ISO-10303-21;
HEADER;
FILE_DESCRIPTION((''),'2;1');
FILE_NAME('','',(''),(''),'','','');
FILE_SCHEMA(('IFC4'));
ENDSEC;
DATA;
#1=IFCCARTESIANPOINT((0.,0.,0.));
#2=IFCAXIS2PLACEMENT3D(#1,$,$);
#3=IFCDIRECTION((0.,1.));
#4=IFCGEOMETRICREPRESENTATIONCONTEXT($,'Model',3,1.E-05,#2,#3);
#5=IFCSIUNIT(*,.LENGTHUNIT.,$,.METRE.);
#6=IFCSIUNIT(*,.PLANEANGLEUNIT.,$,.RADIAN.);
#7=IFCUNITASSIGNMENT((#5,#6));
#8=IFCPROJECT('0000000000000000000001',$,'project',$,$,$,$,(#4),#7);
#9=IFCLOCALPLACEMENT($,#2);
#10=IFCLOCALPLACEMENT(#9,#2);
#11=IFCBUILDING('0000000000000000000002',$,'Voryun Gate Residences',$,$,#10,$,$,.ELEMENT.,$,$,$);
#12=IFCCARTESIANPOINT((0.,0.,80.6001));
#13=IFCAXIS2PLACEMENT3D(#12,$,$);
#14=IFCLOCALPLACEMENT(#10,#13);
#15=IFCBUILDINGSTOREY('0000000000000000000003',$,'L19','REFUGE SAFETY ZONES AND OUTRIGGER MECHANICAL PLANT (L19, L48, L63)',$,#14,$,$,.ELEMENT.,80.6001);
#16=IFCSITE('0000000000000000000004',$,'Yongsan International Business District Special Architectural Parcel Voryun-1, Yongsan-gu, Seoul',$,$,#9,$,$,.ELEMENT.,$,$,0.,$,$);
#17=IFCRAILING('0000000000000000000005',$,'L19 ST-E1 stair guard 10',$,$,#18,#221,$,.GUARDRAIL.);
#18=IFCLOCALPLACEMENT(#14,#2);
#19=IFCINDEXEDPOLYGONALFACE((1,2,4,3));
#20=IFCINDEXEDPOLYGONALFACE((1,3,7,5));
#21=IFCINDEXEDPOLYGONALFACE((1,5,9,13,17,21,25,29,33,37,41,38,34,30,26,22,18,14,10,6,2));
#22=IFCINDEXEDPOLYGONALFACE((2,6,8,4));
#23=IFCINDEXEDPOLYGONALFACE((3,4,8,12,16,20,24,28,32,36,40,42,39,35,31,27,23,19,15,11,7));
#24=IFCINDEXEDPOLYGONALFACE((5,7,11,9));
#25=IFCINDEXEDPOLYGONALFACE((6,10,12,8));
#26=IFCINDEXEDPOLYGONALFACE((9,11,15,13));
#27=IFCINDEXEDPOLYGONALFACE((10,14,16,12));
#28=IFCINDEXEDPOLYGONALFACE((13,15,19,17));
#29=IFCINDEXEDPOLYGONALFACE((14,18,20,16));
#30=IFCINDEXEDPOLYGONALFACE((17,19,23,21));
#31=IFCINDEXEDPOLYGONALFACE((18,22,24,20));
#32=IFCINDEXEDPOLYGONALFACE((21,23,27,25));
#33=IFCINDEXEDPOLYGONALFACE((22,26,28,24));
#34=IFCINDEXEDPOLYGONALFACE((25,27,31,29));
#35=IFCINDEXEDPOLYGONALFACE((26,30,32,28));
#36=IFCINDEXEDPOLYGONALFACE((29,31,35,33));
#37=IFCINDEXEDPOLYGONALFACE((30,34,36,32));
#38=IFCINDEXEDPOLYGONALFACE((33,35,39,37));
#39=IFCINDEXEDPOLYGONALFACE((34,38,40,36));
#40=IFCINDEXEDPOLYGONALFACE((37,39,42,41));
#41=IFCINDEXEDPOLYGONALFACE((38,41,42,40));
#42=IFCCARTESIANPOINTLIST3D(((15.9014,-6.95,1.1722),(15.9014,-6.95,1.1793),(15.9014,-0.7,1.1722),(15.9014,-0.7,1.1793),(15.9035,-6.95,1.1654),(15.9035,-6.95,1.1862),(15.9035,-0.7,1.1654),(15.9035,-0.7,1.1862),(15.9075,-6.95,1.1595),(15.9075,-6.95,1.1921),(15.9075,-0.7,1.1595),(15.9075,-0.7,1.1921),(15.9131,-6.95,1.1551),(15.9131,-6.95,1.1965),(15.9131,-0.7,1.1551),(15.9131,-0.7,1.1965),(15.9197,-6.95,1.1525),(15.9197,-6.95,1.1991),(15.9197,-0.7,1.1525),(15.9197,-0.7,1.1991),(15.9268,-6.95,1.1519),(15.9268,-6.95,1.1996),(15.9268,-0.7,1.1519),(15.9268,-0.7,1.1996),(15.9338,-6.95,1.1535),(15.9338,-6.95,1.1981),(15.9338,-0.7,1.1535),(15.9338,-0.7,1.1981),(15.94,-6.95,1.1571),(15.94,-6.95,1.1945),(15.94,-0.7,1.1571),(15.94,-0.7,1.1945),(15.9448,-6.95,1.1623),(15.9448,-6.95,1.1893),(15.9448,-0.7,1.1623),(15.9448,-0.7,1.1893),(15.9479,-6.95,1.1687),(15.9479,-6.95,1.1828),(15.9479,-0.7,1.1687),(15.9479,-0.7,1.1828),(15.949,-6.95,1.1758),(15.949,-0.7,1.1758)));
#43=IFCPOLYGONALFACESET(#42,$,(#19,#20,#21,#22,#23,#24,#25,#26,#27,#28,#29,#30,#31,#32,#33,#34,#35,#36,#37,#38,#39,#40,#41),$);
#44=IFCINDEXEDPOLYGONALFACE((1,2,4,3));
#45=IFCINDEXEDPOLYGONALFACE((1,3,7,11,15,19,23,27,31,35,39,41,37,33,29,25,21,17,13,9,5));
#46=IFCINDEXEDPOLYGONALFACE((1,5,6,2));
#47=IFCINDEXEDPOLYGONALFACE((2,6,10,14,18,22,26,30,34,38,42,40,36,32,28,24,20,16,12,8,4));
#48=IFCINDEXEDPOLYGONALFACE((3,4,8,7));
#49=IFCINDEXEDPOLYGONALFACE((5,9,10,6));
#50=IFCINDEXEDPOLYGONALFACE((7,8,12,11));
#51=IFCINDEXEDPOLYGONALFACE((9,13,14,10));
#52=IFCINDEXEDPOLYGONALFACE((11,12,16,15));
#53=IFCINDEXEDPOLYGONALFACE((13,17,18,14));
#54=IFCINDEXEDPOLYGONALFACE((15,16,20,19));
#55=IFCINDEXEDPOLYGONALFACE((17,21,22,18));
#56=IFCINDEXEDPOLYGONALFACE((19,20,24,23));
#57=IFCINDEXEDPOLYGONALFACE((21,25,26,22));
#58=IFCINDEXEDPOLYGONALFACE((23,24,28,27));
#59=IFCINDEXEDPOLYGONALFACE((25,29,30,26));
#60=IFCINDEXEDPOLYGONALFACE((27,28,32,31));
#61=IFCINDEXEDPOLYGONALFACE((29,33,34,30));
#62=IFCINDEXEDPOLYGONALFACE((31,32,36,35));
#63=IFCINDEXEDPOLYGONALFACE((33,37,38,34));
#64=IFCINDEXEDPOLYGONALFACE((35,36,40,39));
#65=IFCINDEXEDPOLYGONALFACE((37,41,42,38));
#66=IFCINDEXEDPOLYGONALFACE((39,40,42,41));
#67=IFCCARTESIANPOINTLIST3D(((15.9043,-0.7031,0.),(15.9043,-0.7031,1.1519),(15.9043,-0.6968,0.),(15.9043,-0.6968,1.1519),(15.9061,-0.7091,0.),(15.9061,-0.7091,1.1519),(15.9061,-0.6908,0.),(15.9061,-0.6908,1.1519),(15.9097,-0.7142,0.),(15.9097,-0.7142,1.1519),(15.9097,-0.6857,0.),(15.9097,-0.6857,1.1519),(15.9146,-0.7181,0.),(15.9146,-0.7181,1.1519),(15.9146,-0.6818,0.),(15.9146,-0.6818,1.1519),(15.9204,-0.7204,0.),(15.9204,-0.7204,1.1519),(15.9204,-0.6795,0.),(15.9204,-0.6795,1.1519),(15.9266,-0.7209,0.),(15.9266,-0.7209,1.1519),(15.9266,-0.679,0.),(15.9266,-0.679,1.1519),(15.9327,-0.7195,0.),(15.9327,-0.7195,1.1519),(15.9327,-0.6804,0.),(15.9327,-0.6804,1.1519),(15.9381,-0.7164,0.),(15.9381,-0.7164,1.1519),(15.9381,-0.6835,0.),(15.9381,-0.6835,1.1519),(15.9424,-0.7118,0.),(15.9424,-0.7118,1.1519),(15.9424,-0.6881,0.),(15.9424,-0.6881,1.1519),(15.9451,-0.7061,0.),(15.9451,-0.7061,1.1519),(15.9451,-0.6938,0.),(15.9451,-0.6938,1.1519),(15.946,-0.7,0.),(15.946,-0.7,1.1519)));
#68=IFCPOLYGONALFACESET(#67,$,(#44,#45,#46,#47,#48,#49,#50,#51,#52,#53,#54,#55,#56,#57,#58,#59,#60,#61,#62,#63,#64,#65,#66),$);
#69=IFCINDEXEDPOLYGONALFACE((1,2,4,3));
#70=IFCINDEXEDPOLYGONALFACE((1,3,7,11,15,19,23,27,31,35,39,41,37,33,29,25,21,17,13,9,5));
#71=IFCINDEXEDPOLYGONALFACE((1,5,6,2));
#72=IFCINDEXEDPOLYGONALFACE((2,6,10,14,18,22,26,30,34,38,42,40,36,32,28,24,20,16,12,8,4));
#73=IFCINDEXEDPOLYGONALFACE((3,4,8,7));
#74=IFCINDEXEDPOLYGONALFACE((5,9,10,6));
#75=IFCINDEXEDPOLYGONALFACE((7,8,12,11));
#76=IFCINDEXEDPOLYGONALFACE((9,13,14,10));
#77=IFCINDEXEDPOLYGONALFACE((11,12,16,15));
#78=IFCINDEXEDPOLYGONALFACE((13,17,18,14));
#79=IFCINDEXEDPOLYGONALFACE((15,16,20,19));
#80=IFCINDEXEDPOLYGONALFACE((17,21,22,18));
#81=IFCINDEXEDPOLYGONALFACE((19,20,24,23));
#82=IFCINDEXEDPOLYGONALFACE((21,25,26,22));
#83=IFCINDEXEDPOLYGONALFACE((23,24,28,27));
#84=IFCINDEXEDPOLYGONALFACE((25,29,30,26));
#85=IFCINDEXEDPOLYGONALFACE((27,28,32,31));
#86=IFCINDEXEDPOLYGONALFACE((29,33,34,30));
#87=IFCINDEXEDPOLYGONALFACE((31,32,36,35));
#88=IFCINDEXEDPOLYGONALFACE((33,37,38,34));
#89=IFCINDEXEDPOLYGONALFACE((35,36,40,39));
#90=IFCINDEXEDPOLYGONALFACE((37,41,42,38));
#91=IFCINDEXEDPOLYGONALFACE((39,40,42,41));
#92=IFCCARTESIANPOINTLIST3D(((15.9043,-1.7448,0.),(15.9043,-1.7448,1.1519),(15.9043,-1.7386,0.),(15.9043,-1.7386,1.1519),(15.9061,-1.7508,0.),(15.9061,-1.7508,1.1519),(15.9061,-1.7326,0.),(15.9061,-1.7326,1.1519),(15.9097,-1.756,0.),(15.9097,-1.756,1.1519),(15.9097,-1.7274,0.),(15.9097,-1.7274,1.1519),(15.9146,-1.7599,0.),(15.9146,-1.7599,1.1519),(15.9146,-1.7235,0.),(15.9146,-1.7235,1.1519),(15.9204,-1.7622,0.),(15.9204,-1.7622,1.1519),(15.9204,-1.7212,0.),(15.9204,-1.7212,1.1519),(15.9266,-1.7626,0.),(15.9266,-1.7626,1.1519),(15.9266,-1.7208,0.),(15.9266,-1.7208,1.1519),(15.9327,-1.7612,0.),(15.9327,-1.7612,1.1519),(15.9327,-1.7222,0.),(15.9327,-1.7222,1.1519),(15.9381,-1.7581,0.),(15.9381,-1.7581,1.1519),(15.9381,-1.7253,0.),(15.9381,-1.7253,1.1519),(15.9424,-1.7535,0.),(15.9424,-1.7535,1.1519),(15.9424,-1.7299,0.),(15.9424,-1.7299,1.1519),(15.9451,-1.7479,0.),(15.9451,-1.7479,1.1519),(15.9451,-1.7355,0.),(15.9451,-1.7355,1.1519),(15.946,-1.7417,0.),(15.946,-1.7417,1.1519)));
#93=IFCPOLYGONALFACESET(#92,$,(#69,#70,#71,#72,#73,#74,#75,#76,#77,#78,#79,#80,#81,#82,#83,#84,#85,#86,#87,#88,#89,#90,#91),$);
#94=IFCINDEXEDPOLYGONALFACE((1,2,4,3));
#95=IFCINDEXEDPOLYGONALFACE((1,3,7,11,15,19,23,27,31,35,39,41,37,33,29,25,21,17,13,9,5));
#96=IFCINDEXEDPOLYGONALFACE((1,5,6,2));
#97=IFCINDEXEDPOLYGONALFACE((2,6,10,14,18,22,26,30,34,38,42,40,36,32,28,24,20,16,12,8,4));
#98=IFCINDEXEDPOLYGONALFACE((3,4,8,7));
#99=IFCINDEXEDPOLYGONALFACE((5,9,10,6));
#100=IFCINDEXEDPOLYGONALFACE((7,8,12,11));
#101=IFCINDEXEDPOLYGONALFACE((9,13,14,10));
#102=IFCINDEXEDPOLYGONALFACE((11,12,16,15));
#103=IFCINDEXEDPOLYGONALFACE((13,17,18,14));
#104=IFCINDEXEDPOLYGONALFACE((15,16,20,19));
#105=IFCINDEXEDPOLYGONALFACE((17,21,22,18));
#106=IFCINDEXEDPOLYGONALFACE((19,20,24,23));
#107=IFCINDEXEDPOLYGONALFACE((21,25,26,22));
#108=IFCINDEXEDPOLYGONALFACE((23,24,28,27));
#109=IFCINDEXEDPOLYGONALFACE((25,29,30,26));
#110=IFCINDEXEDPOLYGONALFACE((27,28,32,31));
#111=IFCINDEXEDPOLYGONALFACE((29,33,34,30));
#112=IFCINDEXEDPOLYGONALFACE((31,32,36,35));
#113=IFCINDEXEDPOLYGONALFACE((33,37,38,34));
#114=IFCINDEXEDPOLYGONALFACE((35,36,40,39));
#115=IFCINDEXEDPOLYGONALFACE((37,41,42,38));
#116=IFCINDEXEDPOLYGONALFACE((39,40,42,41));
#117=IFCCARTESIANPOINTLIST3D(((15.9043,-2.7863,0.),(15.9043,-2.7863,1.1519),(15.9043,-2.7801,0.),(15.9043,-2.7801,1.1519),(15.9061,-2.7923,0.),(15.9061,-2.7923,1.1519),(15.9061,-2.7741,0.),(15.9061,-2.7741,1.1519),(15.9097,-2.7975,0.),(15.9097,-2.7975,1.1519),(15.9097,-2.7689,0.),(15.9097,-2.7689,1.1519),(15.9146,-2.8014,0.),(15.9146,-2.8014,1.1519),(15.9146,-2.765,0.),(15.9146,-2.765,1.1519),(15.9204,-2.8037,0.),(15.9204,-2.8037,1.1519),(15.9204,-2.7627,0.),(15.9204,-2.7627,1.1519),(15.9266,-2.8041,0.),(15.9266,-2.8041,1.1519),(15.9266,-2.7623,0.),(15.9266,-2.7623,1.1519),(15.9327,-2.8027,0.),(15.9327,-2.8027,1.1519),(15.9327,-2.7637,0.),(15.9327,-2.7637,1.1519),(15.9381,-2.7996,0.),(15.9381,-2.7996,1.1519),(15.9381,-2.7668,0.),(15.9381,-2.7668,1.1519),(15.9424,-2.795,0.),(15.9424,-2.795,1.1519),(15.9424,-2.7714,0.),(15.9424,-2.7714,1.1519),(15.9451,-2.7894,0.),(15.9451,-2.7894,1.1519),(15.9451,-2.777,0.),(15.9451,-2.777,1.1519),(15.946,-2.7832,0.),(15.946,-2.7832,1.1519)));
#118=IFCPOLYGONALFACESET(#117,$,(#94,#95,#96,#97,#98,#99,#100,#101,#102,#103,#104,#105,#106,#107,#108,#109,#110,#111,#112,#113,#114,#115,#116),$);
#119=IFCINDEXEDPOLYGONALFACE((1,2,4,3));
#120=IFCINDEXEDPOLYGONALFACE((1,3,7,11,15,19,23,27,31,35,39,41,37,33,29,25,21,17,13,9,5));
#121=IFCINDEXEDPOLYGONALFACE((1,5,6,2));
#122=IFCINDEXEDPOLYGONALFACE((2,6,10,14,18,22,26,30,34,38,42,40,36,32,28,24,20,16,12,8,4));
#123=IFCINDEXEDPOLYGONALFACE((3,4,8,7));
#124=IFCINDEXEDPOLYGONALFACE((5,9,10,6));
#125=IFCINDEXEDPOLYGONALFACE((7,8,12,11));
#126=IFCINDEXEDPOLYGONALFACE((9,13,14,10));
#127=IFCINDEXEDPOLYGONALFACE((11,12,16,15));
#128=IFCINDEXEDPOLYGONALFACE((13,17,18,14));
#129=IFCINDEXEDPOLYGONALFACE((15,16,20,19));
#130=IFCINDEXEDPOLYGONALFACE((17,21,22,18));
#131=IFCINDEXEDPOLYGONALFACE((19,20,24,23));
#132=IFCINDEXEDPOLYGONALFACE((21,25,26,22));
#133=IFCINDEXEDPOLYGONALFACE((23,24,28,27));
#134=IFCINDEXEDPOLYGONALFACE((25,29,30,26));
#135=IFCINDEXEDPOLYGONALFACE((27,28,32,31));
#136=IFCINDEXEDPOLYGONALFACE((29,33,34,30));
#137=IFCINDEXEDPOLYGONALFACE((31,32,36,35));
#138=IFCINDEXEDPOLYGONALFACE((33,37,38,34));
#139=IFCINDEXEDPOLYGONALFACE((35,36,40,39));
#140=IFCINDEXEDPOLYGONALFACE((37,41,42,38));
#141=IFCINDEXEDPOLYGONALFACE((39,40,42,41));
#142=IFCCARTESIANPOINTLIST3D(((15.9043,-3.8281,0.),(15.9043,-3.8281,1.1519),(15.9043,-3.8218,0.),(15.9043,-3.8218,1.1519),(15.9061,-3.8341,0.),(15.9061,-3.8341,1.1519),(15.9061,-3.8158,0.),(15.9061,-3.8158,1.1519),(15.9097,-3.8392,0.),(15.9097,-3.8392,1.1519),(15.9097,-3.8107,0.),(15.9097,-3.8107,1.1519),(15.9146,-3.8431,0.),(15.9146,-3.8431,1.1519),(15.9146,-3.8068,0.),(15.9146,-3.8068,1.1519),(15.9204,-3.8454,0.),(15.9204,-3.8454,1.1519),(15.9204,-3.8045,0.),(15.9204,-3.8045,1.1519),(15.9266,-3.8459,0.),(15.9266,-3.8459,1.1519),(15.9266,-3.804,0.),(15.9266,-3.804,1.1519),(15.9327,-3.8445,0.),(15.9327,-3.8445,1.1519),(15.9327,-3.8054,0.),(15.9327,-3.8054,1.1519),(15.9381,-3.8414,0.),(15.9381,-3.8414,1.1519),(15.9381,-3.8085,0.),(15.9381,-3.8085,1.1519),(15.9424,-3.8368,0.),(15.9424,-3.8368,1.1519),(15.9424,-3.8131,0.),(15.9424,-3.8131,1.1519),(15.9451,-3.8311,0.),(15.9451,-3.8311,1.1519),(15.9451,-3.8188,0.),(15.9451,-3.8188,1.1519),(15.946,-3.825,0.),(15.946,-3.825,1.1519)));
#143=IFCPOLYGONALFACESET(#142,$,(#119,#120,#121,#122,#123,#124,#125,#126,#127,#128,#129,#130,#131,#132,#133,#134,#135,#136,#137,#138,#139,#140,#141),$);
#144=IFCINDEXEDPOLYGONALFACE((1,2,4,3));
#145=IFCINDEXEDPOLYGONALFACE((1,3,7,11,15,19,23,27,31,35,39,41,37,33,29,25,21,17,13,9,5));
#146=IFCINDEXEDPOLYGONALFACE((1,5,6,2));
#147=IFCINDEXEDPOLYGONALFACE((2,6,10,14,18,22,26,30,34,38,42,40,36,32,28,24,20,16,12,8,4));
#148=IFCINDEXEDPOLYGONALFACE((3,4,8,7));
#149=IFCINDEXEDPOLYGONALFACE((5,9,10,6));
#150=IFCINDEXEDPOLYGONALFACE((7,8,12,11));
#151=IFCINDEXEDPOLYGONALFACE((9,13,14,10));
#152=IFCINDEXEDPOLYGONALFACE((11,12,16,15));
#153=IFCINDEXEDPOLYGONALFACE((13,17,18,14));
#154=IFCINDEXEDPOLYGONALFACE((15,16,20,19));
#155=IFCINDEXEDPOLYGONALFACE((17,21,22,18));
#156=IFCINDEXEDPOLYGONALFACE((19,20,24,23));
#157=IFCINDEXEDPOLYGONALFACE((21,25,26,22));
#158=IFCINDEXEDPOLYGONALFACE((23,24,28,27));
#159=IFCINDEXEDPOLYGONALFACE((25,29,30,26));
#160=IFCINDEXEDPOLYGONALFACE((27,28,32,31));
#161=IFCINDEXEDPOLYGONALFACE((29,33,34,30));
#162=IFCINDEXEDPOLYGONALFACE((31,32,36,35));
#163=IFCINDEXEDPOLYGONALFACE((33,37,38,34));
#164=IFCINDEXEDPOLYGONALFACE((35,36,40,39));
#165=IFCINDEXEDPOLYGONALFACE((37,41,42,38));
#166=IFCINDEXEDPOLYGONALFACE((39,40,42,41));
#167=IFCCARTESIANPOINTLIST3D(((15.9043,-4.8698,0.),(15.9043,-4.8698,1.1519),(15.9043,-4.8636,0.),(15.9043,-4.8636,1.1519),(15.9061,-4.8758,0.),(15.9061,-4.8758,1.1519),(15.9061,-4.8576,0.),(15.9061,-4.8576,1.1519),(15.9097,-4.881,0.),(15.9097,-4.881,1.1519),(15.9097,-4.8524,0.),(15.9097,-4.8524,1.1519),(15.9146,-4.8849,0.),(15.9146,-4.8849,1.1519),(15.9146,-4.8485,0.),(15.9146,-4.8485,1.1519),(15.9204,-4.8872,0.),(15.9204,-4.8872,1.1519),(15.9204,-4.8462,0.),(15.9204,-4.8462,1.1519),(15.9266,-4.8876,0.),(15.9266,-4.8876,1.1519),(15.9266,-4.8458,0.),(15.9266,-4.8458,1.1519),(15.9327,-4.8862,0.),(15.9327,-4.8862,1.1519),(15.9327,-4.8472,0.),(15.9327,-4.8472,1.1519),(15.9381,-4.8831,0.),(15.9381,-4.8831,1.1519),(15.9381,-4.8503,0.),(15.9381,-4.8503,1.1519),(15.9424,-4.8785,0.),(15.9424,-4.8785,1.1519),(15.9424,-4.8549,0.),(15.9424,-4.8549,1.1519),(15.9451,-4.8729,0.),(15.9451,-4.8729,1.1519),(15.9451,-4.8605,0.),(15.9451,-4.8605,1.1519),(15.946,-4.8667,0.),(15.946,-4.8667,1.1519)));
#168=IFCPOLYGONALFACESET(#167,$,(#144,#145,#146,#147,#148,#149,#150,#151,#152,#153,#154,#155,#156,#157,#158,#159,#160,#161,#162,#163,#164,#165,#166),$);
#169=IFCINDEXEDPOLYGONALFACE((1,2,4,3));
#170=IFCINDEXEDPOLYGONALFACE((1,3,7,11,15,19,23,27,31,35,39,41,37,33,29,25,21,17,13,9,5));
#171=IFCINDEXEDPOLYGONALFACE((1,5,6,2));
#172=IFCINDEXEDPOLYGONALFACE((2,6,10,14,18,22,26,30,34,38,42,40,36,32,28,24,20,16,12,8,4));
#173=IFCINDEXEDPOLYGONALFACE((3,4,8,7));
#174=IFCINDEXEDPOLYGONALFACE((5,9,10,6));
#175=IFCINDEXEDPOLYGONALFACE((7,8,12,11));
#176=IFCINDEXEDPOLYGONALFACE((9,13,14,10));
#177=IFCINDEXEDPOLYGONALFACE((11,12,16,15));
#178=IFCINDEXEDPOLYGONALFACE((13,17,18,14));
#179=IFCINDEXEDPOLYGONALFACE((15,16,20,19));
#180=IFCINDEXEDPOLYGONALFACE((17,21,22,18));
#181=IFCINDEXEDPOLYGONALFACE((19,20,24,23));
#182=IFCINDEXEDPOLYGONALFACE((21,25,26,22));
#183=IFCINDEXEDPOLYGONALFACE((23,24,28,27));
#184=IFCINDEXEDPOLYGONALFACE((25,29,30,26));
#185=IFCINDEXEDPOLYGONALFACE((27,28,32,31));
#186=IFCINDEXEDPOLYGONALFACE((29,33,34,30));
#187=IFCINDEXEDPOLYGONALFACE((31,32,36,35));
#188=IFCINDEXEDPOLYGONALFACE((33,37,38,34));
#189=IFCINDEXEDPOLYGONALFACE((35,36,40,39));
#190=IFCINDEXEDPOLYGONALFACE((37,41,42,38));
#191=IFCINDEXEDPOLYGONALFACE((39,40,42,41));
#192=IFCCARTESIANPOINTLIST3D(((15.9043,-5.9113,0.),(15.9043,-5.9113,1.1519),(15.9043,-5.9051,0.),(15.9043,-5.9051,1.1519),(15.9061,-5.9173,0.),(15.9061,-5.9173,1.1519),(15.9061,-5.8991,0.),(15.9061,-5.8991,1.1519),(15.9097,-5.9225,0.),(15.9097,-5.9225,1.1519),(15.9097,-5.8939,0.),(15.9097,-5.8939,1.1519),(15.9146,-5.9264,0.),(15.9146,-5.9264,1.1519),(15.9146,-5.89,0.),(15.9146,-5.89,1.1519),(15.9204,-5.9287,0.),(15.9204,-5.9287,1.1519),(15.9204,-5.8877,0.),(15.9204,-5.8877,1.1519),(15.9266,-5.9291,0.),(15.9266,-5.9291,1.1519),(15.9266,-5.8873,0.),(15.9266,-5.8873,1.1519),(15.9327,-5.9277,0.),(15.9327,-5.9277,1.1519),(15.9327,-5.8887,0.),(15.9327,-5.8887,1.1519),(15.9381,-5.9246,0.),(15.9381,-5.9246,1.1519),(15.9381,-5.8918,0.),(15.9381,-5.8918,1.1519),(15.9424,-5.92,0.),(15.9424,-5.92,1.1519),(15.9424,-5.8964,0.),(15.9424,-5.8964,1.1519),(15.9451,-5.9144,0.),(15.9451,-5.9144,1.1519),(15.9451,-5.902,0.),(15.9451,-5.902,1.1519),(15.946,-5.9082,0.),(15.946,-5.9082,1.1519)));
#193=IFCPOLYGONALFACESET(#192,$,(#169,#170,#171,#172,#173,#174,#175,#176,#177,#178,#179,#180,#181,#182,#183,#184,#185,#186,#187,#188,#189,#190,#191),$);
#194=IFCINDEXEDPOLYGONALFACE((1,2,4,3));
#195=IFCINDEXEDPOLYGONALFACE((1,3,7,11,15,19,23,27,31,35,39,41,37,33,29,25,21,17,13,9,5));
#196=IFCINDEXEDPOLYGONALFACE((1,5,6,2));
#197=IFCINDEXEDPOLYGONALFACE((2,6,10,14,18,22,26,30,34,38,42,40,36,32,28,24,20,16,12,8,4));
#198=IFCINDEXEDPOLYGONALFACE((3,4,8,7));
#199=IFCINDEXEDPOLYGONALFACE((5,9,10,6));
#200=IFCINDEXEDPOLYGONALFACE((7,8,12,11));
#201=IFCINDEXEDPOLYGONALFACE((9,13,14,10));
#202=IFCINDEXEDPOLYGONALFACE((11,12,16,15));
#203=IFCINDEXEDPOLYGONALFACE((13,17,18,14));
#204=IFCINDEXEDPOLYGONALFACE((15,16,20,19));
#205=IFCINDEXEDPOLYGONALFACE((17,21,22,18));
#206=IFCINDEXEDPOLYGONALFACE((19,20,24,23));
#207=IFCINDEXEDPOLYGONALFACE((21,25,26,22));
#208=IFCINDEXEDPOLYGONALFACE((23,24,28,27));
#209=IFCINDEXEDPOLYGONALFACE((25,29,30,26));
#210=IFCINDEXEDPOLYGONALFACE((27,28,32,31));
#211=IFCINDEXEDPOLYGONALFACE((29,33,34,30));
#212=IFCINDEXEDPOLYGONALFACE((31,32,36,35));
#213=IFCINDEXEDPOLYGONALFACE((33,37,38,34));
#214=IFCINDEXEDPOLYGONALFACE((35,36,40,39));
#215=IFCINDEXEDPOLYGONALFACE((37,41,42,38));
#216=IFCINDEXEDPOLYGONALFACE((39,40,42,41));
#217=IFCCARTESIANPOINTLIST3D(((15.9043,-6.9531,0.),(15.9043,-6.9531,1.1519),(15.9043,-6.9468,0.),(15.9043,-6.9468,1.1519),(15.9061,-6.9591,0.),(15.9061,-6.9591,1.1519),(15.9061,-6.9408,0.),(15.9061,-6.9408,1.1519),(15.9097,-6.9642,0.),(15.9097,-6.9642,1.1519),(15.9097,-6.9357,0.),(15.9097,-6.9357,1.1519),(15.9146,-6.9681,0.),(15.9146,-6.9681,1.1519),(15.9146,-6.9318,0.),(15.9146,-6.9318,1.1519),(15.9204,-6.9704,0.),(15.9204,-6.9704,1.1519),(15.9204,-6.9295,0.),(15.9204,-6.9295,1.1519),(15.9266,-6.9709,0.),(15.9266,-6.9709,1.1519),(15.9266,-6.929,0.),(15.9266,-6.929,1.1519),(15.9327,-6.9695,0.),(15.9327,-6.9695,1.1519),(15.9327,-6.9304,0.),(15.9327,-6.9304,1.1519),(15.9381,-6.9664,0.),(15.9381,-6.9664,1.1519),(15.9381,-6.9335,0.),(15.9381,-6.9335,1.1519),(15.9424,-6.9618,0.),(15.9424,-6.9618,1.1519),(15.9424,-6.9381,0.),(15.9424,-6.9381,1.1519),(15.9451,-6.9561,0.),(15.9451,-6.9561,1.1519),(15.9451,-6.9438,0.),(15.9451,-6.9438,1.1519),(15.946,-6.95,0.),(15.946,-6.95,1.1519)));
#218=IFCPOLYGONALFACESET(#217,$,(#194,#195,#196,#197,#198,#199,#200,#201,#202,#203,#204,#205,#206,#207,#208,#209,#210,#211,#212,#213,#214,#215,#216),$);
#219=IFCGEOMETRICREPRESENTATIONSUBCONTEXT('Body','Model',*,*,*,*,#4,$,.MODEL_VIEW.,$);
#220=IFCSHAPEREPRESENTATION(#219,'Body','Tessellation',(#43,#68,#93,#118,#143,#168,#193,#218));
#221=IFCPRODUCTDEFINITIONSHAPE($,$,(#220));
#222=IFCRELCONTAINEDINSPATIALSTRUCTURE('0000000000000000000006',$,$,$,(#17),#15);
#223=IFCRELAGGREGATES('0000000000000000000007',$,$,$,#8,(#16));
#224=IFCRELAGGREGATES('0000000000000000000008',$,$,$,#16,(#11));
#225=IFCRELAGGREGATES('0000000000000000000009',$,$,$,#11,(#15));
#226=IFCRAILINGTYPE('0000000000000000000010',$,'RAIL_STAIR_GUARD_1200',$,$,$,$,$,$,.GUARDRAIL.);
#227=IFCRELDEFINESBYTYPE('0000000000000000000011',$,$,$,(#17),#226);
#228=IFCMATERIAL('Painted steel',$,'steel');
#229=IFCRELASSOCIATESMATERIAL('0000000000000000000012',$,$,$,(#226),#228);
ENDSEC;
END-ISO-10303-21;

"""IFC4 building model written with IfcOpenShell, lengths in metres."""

from ifc_helpers import new_model, si_unit, direction, frame, origin, origin_2d, place, context, subcontext, project, spatial, circle, extrude, material, type_object, element, save


model = new_model("IFC4")

# Units and contexts
model_context = context("Model", 3, precision=1e-05, world=origin(), true_north=direction((0.0, 1.0)))
body_context = subcontext(model_context, "Body", "Model", "MODEL_VIEW")
ifc_project = project(units=[si_unit("LENGTHUNIT", "METRE"), si_unit("PLANEANGLEUNIT", "RADIAN")], contexts=[model_context])

# Site, building, storey
site_placement = place(None, origin())
site = spatial("IfcSite", under=ifc_project, at=site_placement, Name="Yongsan International Business District Special Architectural Parcel Voryun-1, Yongsan-gu, Seoul", CompositionType="ELEMENT", RefElevation=0.0)
building_placement = place(site_placement, origin())
building = spatial("IfcBuilding", under=site, at=building_placement, Name="Voryun Gate Residences", CompositionType="ELEMENT")
storey_placement = place(building_placement, frame((0.0, 0.0, 80.6001)))
storey = spatial("IfcBuildingStorey", under=building, at=storey_placement, Name="L19", Description="REFUGE SAFETY ZONES AND OUTRIGGER MECHANICAL PLANT (L19, L48, L63)", CompositionType="ELEMENT", Elevation=80.6001)

# Railing
ifc_material_1 = material(Name="Painted steel", Category="steel")
railing_type_1 = type_object("IfcRailingType", Name="RAIL_STAIR_GUARD_1200", PredefinedType="GUARDRAIL", material=ifc_material_1)
railing_1_placement = place(storey_placement, frame((15.925, -0.7, 0.0)))
element("IfcRailing", 1, at=railing_1_placement, inside=storey, type_object=railing_type_1, Name="L19 ST-E1 stair guard 10", PredefinedType="GUARDRAIL", context=body_context, shape_type="SweptSolid", body=[
    extrude(circle(Radius=0.0239, at=origin_2d()), frame((0.0, 0.0, 1.1758), z_axis=(0.0, -1.0, 0.0), x_axis=(1.0, 0.0, 0.0)), (0.0, 0.0, 1.0), 6.25),
    extrude(circle(Radius=0.021, at=origin_2d()), origin(), (0.0, 0.0, 1.0), 1.1519),
    extrude(circle(Radius=0.021, at=origin_2d()), frame((0.0, -1.0417, 0.0)), (0.0, 0.0, 1.0), 1.1519),
    extrude(circle(Radius=0.021, at=origin_2d()), frame((0.0, -2.0833, 0.0)), (0.0, 0.0, 1.0), 1.1519),
    extrude(circle(Radius=0.021, at=origin_2d()), frame((0.0, -3.125, 0.0)), (0.0, 0.0, 1.0), 1.1519),
    extrude(circle(Radius=0.021, at=origin_2d()), frame((0.0, -4.1667, 0.0)), (0.0, 0.0, 1.0), 1.1519),
    extrude(circle(Radius=0.021, at=origin_2d()), frame((0.0, -5.2083, 0.0)), (0.0, 0.0, 1.0), 1.1519),
    extrude(circle(Radius=0.021, at=origin_2d()), frame((0.0, -6.25, 0.0)), (0.0, 0.0, 1.0), 1.1519),
])

save(model, "model.ifc")
